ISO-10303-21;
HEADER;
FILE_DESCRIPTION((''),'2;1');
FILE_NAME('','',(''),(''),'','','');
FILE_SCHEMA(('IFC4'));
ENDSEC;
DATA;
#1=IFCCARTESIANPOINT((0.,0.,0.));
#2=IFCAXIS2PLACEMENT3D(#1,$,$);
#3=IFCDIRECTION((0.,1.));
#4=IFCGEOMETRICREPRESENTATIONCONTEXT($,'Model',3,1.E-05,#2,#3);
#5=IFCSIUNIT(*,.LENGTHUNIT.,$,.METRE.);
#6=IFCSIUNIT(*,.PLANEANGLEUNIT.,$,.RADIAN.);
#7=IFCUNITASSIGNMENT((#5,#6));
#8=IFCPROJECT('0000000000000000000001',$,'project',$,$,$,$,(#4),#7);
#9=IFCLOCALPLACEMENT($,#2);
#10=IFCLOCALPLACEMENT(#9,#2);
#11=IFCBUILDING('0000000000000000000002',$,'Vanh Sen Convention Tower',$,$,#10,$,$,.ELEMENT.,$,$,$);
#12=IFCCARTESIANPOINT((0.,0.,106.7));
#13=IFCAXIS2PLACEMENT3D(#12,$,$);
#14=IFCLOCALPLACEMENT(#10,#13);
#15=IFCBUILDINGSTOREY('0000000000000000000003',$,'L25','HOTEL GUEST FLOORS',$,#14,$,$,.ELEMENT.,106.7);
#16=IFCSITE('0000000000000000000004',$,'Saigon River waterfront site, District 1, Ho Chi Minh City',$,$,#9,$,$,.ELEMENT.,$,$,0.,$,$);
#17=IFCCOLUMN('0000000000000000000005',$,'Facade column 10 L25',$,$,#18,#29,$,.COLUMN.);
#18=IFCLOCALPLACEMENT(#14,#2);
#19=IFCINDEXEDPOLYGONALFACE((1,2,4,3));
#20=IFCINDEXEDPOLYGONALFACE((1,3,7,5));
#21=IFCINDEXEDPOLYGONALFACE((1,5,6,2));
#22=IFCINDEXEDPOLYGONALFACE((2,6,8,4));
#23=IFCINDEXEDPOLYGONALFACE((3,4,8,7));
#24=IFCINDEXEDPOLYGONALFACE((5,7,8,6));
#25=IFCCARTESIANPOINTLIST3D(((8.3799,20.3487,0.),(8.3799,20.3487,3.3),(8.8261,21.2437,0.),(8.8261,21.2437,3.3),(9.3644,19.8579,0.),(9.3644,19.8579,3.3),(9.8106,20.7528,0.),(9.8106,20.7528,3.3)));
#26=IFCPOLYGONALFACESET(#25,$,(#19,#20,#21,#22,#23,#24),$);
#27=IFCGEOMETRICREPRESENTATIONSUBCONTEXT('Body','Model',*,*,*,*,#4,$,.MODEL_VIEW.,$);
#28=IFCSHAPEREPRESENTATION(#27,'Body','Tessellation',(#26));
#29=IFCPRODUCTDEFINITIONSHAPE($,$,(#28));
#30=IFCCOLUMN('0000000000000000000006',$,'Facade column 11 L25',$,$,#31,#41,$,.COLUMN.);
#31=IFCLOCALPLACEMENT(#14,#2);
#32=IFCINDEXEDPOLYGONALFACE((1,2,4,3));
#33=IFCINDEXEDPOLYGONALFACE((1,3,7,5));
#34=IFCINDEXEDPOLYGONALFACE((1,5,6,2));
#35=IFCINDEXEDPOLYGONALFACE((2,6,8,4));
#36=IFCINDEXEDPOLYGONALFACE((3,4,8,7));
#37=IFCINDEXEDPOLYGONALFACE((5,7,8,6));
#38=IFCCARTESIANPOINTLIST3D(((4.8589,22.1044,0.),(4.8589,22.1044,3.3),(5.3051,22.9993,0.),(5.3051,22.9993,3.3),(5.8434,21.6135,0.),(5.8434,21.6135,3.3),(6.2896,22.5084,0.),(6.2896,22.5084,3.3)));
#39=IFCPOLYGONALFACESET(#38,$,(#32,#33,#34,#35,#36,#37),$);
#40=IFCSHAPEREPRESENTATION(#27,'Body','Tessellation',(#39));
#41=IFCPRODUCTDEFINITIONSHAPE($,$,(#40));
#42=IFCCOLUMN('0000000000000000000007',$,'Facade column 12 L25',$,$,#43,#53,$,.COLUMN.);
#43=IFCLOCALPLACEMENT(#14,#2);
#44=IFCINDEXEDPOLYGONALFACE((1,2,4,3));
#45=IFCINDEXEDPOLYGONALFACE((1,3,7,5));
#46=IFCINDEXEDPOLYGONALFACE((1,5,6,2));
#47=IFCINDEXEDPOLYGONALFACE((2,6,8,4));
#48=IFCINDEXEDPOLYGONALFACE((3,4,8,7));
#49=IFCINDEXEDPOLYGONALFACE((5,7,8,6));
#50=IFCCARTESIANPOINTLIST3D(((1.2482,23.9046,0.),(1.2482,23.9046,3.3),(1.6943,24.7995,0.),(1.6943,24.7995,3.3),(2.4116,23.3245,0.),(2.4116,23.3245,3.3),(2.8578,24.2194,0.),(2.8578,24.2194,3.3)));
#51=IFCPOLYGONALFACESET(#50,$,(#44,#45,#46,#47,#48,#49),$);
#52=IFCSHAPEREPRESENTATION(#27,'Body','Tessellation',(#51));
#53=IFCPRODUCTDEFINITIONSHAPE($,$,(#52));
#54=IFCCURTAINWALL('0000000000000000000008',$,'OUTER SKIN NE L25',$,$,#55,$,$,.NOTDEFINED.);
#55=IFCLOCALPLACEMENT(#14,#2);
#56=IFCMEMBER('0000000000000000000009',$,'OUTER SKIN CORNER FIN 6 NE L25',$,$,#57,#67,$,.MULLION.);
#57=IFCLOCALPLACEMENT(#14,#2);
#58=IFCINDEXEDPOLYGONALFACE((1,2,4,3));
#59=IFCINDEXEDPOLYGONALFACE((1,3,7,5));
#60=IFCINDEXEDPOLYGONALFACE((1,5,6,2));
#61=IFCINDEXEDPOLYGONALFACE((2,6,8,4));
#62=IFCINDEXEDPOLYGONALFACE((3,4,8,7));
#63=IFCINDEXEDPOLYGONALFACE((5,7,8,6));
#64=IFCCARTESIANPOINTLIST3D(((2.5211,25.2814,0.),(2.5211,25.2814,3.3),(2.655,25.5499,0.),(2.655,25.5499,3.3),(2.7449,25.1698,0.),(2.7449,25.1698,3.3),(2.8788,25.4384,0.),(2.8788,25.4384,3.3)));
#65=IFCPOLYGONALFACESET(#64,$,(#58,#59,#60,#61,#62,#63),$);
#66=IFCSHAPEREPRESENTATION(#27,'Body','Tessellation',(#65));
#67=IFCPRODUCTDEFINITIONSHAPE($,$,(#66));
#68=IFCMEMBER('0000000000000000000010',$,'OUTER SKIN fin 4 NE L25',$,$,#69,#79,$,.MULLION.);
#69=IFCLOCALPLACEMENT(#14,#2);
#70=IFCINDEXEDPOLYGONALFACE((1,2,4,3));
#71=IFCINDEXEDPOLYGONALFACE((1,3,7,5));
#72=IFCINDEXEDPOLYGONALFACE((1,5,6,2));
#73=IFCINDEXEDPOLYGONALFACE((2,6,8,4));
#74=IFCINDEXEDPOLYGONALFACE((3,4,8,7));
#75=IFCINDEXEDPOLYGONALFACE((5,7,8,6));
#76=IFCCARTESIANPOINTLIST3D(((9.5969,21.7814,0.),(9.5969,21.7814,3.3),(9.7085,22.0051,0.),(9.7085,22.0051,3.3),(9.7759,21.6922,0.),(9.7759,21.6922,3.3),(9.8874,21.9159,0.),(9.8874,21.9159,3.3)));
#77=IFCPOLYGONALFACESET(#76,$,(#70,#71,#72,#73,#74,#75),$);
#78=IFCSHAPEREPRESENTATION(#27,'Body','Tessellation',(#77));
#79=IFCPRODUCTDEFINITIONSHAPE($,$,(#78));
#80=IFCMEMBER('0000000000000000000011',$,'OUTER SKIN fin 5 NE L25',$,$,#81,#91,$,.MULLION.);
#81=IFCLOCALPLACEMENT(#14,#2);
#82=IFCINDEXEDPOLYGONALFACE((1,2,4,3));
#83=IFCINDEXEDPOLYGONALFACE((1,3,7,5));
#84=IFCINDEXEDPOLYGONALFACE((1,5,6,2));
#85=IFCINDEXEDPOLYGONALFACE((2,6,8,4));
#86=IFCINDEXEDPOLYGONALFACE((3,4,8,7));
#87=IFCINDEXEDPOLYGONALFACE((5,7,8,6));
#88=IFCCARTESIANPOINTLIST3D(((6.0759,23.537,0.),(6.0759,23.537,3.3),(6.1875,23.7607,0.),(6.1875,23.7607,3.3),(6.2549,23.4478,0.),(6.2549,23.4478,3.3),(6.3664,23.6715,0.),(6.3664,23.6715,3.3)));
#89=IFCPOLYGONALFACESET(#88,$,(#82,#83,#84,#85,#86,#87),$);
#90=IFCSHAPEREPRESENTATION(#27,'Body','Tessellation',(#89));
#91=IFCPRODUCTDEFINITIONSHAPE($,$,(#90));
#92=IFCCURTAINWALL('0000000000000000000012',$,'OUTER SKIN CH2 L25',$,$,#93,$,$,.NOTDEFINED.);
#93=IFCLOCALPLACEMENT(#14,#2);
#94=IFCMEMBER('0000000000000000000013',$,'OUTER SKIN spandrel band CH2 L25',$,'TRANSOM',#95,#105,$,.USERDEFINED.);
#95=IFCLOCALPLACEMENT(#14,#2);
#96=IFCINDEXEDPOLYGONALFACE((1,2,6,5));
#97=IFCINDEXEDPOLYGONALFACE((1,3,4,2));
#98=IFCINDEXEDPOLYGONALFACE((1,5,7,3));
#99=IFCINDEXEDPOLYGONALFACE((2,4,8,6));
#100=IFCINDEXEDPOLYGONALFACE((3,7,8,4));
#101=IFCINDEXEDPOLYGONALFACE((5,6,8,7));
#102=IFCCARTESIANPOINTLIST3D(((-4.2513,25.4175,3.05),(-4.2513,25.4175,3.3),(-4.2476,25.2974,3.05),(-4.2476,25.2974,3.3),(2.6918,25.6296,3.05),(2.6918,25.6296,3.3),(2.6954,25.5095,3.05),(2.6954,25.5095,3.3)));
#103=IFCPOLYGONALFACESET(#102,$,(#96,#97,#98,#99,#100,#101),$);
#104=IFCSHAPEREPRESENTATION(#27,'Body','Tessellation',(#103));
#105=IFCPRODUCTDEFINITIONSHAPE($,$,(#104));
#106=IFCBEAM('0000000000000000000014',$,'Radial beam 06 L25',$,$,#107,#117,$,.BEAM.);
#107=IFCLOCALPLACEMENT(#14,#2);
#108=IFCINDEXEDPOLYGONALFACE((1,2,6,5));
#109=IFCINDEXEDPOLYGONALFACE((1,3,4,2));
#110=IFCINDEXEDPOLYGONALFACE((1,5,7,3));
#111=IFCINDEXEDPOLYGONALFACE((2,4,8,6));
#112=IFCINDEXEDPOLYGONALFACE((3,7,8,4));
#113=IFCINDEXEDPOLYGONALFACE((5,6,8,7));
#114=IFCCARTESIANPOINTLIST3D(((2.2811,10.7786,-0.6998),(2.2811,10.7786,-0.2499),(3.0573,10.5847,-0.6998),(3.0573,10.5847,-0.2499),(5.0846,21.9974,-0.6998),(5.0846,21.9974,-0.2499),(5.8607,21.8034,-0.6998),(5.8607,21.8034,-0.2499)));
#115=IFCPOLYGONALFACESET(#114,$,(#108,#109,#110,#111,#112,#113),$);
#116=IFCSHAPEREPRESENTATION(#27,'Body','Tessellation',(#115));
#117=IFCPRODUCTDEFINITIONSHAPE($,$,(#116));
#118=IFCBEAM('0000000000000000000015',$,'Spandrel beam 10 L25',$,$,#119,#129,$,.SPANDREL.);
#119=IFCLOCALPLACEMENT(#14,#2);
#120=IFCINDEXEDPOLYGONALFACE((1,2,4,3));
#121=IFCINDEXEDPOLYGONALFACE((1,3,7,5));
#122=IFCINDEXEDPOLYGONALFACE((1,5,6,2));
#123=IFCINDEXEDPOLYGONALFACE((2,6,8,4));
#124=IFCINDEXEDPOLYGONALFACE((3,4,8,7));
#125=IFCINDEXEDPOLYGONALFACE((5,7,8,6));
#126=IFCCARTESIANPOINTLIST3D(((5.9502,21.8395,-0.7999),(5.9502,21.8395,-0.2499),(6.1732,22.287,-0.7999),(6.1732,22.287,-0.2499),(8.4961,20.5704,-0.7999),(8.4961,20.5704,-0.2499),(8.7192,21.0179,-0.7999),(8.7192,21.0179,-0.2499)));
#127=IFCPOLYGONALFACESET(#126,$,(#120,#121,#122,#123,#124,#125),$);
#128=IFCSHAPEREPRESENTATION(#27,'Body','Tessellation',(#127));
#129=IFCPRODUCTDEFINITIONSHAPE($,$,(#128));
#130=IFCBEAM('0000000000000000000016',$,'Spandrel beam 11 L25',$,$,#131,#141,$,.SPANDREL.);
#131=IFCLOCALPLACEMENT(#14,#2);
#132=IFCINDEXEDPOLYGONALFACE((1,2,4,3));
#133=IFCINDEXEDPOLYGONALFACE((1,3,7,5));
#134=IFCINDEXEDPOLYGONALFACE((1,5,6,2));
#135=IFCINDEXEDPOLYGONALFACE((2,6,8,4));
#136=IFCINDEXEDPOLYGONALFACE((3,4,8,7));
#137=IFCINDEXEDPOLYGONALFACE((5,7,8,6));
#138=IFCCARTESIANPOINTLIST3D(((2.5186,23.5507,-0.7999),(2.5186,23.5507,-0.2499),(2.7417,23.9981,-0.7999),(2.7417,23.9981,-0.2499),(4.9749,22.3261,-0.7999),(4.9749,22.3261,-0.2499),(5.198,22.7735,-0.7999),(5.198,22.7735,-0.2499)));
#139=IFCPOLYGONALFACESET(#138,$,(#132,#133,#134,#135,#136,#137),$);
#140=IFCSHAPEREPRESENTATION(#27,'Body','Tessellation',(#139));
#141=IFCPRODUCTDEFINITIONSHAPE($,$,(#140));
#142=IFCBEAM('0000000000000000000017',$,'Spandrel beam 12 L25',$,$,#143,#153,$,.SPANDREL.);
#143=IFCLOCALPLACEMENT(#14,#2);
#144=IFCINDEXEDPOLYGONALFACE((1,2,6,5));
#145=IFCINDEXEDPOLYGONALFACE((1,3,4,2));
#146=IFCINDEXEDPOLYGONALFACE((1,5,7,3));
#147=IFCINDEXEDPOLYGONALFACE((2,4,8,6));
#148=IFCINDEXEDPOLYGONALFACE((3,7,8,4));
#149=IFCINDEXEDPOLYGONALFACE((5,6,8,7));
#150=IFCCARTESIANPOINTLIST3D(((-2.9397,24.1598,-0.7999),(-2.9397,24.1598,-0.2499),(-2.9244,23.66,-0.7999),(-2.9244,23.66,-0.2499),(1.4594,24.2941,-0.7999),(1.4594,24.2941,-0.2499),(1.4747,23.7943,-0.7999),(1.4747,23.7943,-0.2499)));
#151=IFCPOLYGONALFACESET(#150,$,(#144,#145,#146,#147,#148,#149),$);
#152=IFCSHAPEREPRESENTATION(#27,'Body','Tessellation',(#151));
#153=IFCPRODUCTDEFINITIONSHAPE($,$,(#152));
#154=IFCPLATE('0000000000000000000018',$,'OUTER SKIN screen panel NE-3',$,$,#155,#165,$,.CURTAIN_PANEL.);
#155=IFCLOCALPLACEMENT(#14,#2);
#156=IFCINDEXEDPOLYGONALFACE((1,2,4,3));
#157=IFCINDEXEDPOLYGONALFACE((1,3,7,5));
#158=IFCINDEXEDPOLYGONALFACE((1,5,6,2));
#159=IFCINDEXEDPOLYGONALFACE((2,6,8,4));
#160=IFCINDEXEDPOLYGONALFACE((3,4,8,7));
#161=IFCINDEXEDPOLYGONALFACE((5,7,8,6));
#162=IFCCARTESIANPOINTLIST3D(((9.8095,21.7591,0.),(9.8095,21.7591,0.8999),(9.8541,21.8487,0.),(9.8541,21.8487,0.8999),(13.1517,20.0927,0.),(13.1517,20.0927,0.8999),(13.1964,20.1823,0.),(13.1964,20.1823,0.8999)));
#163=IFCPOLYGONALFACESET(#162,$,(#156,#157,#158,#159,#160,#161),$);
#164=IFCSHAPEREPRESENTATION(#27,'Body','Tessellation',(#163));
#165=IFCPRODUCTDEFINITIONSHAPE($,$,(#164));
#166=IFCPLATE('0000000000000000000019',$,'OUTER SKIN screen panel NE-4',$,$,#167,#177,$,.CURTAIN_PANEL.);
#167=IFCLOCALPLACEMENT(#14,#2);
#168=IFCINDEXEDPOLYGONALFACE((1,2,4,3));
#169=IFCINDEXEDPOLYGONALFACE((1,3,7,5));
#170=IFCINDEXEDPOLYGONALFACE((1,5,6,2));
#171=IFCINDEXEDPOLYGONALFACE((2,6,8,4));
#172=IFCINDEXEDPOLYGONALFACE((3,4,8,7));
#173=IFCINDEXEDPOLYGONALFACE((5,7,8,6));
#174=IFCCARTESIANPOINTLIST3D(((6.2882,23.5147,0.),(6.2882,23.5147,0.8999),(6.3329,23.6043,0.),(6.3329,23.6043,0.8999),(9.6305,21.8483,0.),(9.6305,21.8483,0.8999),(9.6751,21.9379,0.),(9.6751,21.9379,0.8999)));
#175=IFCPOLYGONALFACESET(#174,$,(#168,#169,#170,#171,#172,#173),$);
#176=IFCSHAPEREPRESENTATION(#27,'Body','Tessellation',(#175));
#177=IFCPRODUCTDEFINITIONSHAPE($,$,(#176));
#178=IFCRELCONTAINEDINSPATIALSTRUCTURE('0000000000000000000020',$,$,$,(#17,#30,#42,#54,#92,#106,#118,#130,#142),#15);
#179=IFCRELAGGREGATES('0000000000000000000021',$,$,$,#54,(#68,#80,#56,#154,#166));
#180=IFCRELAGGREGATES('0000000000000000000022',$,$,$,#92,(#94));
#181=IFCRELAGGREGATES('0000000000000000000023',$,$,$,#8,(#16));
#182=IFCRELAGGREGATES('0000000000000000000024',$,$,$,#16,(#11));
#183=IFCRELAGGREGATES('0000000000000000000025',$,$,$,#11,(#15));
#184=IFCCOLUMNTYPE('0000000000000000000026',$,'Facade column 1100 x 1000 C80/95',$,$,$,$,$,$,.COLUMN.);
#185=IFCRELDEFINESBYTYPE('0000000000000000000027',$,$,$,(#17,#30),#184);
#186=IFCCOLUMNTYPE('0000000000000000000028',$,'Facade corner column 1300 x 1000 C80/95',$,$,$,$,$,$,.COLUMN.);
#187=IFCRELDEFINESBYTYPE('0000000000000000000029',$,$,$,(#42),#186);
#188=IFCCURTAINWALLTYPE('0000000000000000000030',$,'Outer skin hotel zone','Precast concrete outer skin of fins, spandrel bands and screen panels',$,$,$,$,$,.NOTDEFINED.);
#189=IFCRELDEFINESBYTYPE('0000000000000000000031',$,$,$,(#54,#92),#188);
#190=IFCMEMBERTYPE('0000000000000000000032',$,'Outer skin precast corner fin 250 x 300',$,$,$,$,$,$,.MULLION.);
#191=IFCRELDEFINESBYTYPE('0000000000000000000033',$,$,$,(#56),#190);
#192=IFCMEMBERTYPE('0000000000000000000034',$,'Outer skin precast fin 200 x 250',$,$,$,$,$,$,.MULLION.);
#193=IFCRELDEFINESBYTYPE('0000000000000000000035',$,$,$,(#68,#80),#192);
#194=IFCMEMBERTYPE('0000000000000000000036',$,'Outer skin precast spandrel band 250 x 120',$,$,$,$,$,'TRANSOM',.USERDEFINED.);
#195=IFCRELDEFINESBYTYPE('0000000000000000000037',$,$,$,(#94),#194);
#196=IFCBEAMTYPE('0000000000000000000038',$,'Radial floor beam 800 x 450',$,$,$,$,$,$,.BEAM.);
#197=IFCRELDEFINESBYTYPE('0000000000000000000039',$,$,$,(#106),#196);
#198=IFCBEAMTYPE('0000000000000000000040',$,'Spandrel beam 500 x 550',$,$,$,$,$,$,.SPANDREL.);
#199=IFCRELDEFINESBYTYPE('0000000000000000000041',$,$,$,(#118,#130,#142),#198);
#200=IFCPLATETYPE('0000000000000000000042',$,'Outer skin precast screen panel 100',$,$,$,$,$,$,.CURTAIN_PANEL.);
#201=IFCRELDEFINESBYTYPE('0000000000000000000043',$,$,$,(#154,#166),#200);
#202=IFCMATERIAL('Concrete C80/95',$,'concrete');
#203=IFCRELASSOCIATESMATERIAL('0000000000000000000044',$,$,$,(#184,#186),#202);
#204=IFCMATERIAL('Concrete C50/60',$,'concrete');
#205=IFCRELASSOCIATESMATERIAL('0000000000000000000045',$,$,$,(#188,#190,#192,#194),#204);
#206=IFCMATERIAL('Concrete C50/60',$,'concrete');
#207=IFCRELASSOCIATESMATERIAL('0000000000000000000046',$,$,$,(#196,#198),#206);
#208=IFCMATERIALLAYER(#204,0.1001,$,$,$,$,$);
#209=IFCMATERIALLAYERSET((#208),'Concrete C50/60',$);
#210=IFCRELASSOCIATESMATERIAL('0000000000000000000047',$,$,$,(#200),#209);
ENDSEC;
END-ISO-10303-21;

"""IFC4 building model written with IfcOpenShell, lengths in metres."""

from ifc_helpers import new_model, si_unit, direction, frame, origin, origin_2d, place, context, subcontext, project, spatial, rectangle, extrude, material, layer, layer_set, material_profile, profile_set, type_object, element, aggregate, save


model = new_model("IFC4")

# Units and contexts
model_context = context("Model", 3, precision=1e-05, world=origin(), true_north=direction((0.0, 1.0)))
body_context = subcontext(model_context, "Body", "Model", "MODEL_VIEW")
ifc_project = project(units=[si_unit("LENGTHUNIT", "METRE"), si_unit("PLANEANGLEUNIT", "RADIAN")], contexts=[model_context])

# Site, building, storey
site_placement = place(None, origin())
site = spatial("IfcSite", under=ifc_project, at=site_placement, Name="Saigon River waterfront site, District 1, Ho Chi Minh City", CompositionType="ELEMENT", RefElevation=0.0)
building_placement = place(site_placement, origin())
building = spatial("IfcBuilding", under=site, at=building_placement, Name="Vanh Sen Convention Tower", CompositionType="ELEMENT")
storey_placement = place(building_placement, frame((0.0, 0.0, 106.7)))
storey = spatial("IfcBuildingStorey", under=building, at=storey_placement, Name="L25", Description="HOTEL GUEST FLOORS", CompositionType="ELEMENT", Elevation=106.7)

# Columns
ifc_material_1 = material(Name="Concrete C80/95", Category="concrete")
ifc_material_profile_1 = material_profile(ifc_material_1, rectangle(XDim=1.1001, YDim=1.0, at=origin_2d()), Name="RC 1100X1000")
ifc_profile_set_1 = profile_set([ifc_material_profile_1], Name="Concrete C80/95")
column_type_1 = type_object("IfcColumnType", Name="Facade column 1100 x 1000 C80/95", PredefinedType="COLUMN", material=ifc_profile_set_1)
for number, where, z_axis, x_axis, name in (
    (1, (9.0952, 20.5508, 0.0), (0.0, 0.0, 1.0), (-0.894934, 0.446198, 0.0), "Facade column 10 L25"),
    (2, (5.5742, 22.3064, 0.0), (0.0, 0.0, 1.0), (-0.894934, 0.446198, 0.0), "Facade column 11 L25"),
):
    element("IfcColumn", number, at=place(storey_placement, frame(where, z_axis=z_axis, x_axis=x_axis)), inside=storey, type_object=column_type_1, Name=name, PredefinedType="COLUMN", context=body_context, shape_type="SweptSolid", body=[
        extrude(rectangle(XDim=1.1001, YDim=1.0, at=origin_2d()), origin(), (0.0, 0.0, 1.0), 3.3),
    ])
ifc_material_profile_2 = material_profile(ifc_material_1, rectangle(XDim=1.3, YDim=1.0, at=origin_2d()), Name="RC 1300X1000")
ifc_profile_set_2 = profile_set([ifc_material_profile_2], Name="Concrete C80/95")
column_type_2 = type_object("IfcColumnType", Name="Facade corner column 1300 x 1000 C80/95", PredefinedType="COLUMN", material=ifc_profile_set_2)
column_placement = place(storey_placement, frame((2.053, 24.062, 0.0), z_axis=(0.0, 0.0, 1.0), x_axis=(-0.894934, 0.446198, 0.0)))
element("IfcColumn", 3, at=column_placement, inside=storey, type_object=column_type_2, Name="Facade column 12 L25", PredefinedType="COLUMN", context=body_context, shape_type="SweptSolid", body=[
    extrude(rectangle(XDim=1.3, YDim=1.0, at=origin_2d()), origin(), (0.0, 0.0, 1.0), 3.3),
])

# Curtain wall, members
ifc_material_2 = material(Name="Concrete C50/60", Category="concrete")
curtain_wall_type = type_object("IfcCurtainWallType", Name="Outer skin hotel zone", Description="Precast concrete outer skin of fins, spandrel bands and screen panels", PredefinedType="NOTDEFINED", material=ifc_material_2)
curtain_wall_1_placement = place(storey_placement, origin())
curtain_wall_1 = element("IfcCurtainWall", 4, at=curtain_wall_1_placement, inside=storey, type_object=curtain_wall_type, Name="OUTER SKIN NE L25", PredefinedType="NOTDEFINED")
ifc_material_profile_3 = material_profile(ifc_material_2, rectangle(XDim=0.25, YDim=0.3, at=origin_2d()), Name="Outer skin precast corner fin 250 x 300")
ifc_profile_set_3 = profile_set([ifc_material_profile_3], Name="Concrete C50/60")
member_type_1 = type_object("IfcMemberType", Name="Outer skin precast corner fin 250 x 300", PredefinedType="MULLION", material=ifc_profile_set_3)
member_1_placement = place(storey_placement, frame((2.7, 25.3599, 0.0), z_axis=(0.0, 0.0, 1.0), x_axis=(-0.894934, 0.446198, 0.0)))
member_1 = element("IfcMember", 5, at=member_1_placement, type_object=member_type_1, Name="OUTER SKIN CORNER FIN 6 NE L25", PredefinedType="MULLION", context=body_context, shape_type="SweptSolid", body=[
    extrude(rectangle(XDim=0.25, YDim=0.3, at=origin_2d()), origin(), (0.0, 0.0, 1.0), 3.3),
])
ifc_material_profile_4 = material_profile(ifc_material_2, rectangle(XDim=0.2, YDim=0.25, at=origin_2d()), Name="Outer skin precast fin 200 x 250")
ifc_profile_set_4 = profile_set([ifc_material_profile_4], Name="Concrete C50/60")
member_type_2 = type_object("IfcMemberType", Name="Outer skin precast fin 200 x 250", PredefinedType="MULLION", material=ifc_profile_set_4)
member_2_placement = place(storey_placement, frame((9.7422, 21.8486, 0.0), z_axis=(0.0, 0.0, 1.0), x_axis=(-0.894934, 0.446198, 0.0)))
member_2 = element("IfcMember", 6, at=member_2_placement, type_object=member_type_2, Name="OUTER SKIN fin 4 NE L25", PredefinedType="MULLION", context=body_context, shape_type="SweptSolid", body=[
    extrude(rectangle(XDim=0.2, YDim=0.25, at=origin_2d()), origin(), (0.0, 0.0, 1.0), 3.3),
])
member_3_placement = place(storey_placement, frame((6.2212, 23.6042, 0.0), z_axis=(0.0, 0.0, 1.0), x_axis=(-0.894934, 0.446198, 0.0)))
member_3 = element("IfcMember", 7, at=member_3_placement, type_object=member_type_2, Name="OUTER SKIN fin 5 NE L25", PredefinedType="MULLION", context=body_context, shape_type="SweptSolid", body=[
    extrude(rectangle(XDim=0.2, YDim=0.25, at=origin_2d()), origin(), (0.0, 0.0, 1.0), 3.3),
])

# Curtain wall, member
curtain_wall_2_placement = place(storey_placement, origin())
curtain_wall_2 = element("IfcCurtainWall", 8, at=curtain_wall_2_placement, inside=storey, type_object=curtain_wall_type, Name="OUTER SKIN CH2 L25", PredefinedType="NOTDEFINED")
ifc_material_profile_5 = material_profile(ifc_material_2, rectangle(XDim=0.1201, YDim=0.25, at=origin_2d()), Name="Outer skin precast spandrel band 250 x 120")
ifc_profile_set_5 = profile_set([ifc_material_profile_5], Name="Concrete C50/60")
member_type_3 = type_object("IfcMemberType", Name="Outer skin precast spandrel band 250 x 120", ElementType="TRANSOM", PredefinedType="USERDEFINED", material=ifc_profile_set_5)
member_4_placement = place(storey_placement, frame((2.6936, 25.5696, 3.175), z_axis=(-0.999533, -0.030542, 0.0), x_axis=(0.030542, -0.999533, 0.0)))
member_4 = element("IfcMember", 9, at=member_4_placement, type_object=member_type_3, Name="OUTER SKIN spandrel band CH2 L25", ObjectType="TRANSOM", PredefinedType="USERDEFINED", context=body_context, shape_type="SweptSolid", body=[
    extrude(rectangle(XDim=0.1201, YDim=0.25, at=origin_2d()), origin(), (0.0, 0.0, 1.0), 6.9463),
])

# Beams
ifc_material_3 = material(Name="Concrete C50/60", Category="concrete")
ifc_material_profile_6 = material_profile(ifc_material_3, rectangle(XDim=0.8, YDim=0.45, at=origin_2d()), Name="RC 800X450")
ifc_profile_set_6 = profile_set([ifc_material_profile_6], Name="Concrete C50/60")
beam_type_1 = type_object("IfcBeamType", Name="Radial floor beam 800 x 450", PredefinedType="BEAM", material=ifc_profile_set_6)
beam_1_placement = place(storey_placement, frame((5.4727, 21.9004, -0.4749), z_axis=(-0.242436, -0.970167, 0.0), x_axis=(0.970167, -0.242436, 0.0)))
element("IfcBeam", 10, at=beam_1_placement, inside=storey, type_object=beam_type_1, Name="Radial beam 06 L25", PredefinedType="BEAM", context=body_context, shape_type="SweptSolid", body=[
    extrude(rectangle(XDim=0.8, YDim=0.45, at=origin_2d()), origin(), (0.0, 0.0, 1.0), 11.5637),
])
ifc_material_profile_7 = material_profile(ifc_material_3, rectangle(XDim=0.5, YDim=0.55, at=origin_2d()), Name="RC 500X550")
ifc_profile_set_7 = profile_set([ifc_material_profile_7], Name="Concrete C50/60")
beam_type_2 = type_object("IfcBeamType", Name="Spandrel beam 500 x 550", PredefinedType="SPANDREL", material=ifc_profile_set_7)
beam_2_placement = place(storey_placement, frame((8.6077, 20.7942, -0.5249), z_axis=(-0.894976, 0.446115, 0.0), x_axis=(-0.446115, -0.894976, 0.0)))
element("IfcBeam", 11, at=beam_2_placement, inside=storey, type_object=beam_type_2, Name="Spandrel beam 10 L25", PredefinedType="SPANDREL", context=body_context, shape_type="SweptSolid", body=[
    extrude(rectangle(XDim=0.5, YDim=0.55, at=origin_2d()), origin(), (0.0, 0.0, 1.0), 2.8447),
])
beam_3_placement = place(storey_placement, frame((5.0864, 22.5498, -0.5249), z_axis=(-0.894943, 0.446181, 0.0), x_axis=(-0.446181, -0.894943, 0.0)))
element("IfcBeam", 12, at=beam_3_placement, inside=storey, type_object=beam_type_2, Name="Spandrel beam 11 L25", PredefinedType="SPANDREL", context=body_context, shape_type="SweptSolid", body=[
    extrude(rectangle(XDim=0.5, YDim=0.55, at=origin_2d()), origin(), (0.0, 0.0, 1.0), 2.7446),
])
beam_4_placement = place(storey_placement, frame((1.467, 24.0442, -0.5249), z_axis=(-0.999534, -0.030509, 0.0), x_axis=(0.030509, -0.999534, 0.0)))
element("IfcBeam", 13, at=beam_4_placement, inside=storey, type_object=beam_type_2, Name="Spandrel beam 12 L25", PredefinedType="SPANDREL", context=body_context, shape_type="SweptSolid", body=[
    extrude(rectangle(XDim=0.5, YDim=0.55, at=origin_2d()), origin(), (0.0, 0.0, 1.0), 4.4011),
])

# Plates
ifc_layer_1 = layer(ifc_material_2, 0.1001)
ifc_layer_set_1 = layer_set([ifc_layer_1], Name="Concrete C50/60")
plate_type = type_object("IfcPlateType", Name="Outer skin precast screen panel 100", PredefinedType="CURTAIN_PANEL", material=ifc_layer_set_1)
plate_1_placement = place(storey_placement, frame((11.5029, 20.9707, 0.0), z_axis=(0.0, 0.0, 1.0), x_axis=(-0.894935, 0.446196, 0.0)))
plate_1 = element("IfcPlate", 14, at=plate_1_placement, type_object=plate_type, Name="OUTER SKIN screen panel NE-3", PredefinedType="CURTAIN_PANEL", context=body_context, shape_type="SweptSolid", body=[
    extrude(rectangle(XDim=3.7346, YDim=0.1001, at=origin_2d()), origin(), (0.0, 0.0, 1.0), 0.8999),
])
plate_2_placement = place(storey_placement, frame((7.9817, 22.7263, 0.0), z_axis=(0.0, 0.0, 1.0), x_axis=(-0.894935, 0.446196, 0.0)))
plate_2 = element("IfcPlate", 15, at=plate_2_placement, type_object=plate_type, Name="OUTER SKIN screen panel NE-4", PredefinedType="CURTAIN_PANEL", context=body_context, shape_type="SweptSolid", body=[
    extrude(rectangle(XDim=3.7346, YDim=0.1001, at=origin_2d()), origin(), (0.0, 0.0, 1.0), 0.8999),
])
aggregate(curtain_wall_1, [member_2, member_3, member_1, plate_1, plate_2])
aggregate(curtain_wall_2, [member_4])

save(model, "model.ifc")
